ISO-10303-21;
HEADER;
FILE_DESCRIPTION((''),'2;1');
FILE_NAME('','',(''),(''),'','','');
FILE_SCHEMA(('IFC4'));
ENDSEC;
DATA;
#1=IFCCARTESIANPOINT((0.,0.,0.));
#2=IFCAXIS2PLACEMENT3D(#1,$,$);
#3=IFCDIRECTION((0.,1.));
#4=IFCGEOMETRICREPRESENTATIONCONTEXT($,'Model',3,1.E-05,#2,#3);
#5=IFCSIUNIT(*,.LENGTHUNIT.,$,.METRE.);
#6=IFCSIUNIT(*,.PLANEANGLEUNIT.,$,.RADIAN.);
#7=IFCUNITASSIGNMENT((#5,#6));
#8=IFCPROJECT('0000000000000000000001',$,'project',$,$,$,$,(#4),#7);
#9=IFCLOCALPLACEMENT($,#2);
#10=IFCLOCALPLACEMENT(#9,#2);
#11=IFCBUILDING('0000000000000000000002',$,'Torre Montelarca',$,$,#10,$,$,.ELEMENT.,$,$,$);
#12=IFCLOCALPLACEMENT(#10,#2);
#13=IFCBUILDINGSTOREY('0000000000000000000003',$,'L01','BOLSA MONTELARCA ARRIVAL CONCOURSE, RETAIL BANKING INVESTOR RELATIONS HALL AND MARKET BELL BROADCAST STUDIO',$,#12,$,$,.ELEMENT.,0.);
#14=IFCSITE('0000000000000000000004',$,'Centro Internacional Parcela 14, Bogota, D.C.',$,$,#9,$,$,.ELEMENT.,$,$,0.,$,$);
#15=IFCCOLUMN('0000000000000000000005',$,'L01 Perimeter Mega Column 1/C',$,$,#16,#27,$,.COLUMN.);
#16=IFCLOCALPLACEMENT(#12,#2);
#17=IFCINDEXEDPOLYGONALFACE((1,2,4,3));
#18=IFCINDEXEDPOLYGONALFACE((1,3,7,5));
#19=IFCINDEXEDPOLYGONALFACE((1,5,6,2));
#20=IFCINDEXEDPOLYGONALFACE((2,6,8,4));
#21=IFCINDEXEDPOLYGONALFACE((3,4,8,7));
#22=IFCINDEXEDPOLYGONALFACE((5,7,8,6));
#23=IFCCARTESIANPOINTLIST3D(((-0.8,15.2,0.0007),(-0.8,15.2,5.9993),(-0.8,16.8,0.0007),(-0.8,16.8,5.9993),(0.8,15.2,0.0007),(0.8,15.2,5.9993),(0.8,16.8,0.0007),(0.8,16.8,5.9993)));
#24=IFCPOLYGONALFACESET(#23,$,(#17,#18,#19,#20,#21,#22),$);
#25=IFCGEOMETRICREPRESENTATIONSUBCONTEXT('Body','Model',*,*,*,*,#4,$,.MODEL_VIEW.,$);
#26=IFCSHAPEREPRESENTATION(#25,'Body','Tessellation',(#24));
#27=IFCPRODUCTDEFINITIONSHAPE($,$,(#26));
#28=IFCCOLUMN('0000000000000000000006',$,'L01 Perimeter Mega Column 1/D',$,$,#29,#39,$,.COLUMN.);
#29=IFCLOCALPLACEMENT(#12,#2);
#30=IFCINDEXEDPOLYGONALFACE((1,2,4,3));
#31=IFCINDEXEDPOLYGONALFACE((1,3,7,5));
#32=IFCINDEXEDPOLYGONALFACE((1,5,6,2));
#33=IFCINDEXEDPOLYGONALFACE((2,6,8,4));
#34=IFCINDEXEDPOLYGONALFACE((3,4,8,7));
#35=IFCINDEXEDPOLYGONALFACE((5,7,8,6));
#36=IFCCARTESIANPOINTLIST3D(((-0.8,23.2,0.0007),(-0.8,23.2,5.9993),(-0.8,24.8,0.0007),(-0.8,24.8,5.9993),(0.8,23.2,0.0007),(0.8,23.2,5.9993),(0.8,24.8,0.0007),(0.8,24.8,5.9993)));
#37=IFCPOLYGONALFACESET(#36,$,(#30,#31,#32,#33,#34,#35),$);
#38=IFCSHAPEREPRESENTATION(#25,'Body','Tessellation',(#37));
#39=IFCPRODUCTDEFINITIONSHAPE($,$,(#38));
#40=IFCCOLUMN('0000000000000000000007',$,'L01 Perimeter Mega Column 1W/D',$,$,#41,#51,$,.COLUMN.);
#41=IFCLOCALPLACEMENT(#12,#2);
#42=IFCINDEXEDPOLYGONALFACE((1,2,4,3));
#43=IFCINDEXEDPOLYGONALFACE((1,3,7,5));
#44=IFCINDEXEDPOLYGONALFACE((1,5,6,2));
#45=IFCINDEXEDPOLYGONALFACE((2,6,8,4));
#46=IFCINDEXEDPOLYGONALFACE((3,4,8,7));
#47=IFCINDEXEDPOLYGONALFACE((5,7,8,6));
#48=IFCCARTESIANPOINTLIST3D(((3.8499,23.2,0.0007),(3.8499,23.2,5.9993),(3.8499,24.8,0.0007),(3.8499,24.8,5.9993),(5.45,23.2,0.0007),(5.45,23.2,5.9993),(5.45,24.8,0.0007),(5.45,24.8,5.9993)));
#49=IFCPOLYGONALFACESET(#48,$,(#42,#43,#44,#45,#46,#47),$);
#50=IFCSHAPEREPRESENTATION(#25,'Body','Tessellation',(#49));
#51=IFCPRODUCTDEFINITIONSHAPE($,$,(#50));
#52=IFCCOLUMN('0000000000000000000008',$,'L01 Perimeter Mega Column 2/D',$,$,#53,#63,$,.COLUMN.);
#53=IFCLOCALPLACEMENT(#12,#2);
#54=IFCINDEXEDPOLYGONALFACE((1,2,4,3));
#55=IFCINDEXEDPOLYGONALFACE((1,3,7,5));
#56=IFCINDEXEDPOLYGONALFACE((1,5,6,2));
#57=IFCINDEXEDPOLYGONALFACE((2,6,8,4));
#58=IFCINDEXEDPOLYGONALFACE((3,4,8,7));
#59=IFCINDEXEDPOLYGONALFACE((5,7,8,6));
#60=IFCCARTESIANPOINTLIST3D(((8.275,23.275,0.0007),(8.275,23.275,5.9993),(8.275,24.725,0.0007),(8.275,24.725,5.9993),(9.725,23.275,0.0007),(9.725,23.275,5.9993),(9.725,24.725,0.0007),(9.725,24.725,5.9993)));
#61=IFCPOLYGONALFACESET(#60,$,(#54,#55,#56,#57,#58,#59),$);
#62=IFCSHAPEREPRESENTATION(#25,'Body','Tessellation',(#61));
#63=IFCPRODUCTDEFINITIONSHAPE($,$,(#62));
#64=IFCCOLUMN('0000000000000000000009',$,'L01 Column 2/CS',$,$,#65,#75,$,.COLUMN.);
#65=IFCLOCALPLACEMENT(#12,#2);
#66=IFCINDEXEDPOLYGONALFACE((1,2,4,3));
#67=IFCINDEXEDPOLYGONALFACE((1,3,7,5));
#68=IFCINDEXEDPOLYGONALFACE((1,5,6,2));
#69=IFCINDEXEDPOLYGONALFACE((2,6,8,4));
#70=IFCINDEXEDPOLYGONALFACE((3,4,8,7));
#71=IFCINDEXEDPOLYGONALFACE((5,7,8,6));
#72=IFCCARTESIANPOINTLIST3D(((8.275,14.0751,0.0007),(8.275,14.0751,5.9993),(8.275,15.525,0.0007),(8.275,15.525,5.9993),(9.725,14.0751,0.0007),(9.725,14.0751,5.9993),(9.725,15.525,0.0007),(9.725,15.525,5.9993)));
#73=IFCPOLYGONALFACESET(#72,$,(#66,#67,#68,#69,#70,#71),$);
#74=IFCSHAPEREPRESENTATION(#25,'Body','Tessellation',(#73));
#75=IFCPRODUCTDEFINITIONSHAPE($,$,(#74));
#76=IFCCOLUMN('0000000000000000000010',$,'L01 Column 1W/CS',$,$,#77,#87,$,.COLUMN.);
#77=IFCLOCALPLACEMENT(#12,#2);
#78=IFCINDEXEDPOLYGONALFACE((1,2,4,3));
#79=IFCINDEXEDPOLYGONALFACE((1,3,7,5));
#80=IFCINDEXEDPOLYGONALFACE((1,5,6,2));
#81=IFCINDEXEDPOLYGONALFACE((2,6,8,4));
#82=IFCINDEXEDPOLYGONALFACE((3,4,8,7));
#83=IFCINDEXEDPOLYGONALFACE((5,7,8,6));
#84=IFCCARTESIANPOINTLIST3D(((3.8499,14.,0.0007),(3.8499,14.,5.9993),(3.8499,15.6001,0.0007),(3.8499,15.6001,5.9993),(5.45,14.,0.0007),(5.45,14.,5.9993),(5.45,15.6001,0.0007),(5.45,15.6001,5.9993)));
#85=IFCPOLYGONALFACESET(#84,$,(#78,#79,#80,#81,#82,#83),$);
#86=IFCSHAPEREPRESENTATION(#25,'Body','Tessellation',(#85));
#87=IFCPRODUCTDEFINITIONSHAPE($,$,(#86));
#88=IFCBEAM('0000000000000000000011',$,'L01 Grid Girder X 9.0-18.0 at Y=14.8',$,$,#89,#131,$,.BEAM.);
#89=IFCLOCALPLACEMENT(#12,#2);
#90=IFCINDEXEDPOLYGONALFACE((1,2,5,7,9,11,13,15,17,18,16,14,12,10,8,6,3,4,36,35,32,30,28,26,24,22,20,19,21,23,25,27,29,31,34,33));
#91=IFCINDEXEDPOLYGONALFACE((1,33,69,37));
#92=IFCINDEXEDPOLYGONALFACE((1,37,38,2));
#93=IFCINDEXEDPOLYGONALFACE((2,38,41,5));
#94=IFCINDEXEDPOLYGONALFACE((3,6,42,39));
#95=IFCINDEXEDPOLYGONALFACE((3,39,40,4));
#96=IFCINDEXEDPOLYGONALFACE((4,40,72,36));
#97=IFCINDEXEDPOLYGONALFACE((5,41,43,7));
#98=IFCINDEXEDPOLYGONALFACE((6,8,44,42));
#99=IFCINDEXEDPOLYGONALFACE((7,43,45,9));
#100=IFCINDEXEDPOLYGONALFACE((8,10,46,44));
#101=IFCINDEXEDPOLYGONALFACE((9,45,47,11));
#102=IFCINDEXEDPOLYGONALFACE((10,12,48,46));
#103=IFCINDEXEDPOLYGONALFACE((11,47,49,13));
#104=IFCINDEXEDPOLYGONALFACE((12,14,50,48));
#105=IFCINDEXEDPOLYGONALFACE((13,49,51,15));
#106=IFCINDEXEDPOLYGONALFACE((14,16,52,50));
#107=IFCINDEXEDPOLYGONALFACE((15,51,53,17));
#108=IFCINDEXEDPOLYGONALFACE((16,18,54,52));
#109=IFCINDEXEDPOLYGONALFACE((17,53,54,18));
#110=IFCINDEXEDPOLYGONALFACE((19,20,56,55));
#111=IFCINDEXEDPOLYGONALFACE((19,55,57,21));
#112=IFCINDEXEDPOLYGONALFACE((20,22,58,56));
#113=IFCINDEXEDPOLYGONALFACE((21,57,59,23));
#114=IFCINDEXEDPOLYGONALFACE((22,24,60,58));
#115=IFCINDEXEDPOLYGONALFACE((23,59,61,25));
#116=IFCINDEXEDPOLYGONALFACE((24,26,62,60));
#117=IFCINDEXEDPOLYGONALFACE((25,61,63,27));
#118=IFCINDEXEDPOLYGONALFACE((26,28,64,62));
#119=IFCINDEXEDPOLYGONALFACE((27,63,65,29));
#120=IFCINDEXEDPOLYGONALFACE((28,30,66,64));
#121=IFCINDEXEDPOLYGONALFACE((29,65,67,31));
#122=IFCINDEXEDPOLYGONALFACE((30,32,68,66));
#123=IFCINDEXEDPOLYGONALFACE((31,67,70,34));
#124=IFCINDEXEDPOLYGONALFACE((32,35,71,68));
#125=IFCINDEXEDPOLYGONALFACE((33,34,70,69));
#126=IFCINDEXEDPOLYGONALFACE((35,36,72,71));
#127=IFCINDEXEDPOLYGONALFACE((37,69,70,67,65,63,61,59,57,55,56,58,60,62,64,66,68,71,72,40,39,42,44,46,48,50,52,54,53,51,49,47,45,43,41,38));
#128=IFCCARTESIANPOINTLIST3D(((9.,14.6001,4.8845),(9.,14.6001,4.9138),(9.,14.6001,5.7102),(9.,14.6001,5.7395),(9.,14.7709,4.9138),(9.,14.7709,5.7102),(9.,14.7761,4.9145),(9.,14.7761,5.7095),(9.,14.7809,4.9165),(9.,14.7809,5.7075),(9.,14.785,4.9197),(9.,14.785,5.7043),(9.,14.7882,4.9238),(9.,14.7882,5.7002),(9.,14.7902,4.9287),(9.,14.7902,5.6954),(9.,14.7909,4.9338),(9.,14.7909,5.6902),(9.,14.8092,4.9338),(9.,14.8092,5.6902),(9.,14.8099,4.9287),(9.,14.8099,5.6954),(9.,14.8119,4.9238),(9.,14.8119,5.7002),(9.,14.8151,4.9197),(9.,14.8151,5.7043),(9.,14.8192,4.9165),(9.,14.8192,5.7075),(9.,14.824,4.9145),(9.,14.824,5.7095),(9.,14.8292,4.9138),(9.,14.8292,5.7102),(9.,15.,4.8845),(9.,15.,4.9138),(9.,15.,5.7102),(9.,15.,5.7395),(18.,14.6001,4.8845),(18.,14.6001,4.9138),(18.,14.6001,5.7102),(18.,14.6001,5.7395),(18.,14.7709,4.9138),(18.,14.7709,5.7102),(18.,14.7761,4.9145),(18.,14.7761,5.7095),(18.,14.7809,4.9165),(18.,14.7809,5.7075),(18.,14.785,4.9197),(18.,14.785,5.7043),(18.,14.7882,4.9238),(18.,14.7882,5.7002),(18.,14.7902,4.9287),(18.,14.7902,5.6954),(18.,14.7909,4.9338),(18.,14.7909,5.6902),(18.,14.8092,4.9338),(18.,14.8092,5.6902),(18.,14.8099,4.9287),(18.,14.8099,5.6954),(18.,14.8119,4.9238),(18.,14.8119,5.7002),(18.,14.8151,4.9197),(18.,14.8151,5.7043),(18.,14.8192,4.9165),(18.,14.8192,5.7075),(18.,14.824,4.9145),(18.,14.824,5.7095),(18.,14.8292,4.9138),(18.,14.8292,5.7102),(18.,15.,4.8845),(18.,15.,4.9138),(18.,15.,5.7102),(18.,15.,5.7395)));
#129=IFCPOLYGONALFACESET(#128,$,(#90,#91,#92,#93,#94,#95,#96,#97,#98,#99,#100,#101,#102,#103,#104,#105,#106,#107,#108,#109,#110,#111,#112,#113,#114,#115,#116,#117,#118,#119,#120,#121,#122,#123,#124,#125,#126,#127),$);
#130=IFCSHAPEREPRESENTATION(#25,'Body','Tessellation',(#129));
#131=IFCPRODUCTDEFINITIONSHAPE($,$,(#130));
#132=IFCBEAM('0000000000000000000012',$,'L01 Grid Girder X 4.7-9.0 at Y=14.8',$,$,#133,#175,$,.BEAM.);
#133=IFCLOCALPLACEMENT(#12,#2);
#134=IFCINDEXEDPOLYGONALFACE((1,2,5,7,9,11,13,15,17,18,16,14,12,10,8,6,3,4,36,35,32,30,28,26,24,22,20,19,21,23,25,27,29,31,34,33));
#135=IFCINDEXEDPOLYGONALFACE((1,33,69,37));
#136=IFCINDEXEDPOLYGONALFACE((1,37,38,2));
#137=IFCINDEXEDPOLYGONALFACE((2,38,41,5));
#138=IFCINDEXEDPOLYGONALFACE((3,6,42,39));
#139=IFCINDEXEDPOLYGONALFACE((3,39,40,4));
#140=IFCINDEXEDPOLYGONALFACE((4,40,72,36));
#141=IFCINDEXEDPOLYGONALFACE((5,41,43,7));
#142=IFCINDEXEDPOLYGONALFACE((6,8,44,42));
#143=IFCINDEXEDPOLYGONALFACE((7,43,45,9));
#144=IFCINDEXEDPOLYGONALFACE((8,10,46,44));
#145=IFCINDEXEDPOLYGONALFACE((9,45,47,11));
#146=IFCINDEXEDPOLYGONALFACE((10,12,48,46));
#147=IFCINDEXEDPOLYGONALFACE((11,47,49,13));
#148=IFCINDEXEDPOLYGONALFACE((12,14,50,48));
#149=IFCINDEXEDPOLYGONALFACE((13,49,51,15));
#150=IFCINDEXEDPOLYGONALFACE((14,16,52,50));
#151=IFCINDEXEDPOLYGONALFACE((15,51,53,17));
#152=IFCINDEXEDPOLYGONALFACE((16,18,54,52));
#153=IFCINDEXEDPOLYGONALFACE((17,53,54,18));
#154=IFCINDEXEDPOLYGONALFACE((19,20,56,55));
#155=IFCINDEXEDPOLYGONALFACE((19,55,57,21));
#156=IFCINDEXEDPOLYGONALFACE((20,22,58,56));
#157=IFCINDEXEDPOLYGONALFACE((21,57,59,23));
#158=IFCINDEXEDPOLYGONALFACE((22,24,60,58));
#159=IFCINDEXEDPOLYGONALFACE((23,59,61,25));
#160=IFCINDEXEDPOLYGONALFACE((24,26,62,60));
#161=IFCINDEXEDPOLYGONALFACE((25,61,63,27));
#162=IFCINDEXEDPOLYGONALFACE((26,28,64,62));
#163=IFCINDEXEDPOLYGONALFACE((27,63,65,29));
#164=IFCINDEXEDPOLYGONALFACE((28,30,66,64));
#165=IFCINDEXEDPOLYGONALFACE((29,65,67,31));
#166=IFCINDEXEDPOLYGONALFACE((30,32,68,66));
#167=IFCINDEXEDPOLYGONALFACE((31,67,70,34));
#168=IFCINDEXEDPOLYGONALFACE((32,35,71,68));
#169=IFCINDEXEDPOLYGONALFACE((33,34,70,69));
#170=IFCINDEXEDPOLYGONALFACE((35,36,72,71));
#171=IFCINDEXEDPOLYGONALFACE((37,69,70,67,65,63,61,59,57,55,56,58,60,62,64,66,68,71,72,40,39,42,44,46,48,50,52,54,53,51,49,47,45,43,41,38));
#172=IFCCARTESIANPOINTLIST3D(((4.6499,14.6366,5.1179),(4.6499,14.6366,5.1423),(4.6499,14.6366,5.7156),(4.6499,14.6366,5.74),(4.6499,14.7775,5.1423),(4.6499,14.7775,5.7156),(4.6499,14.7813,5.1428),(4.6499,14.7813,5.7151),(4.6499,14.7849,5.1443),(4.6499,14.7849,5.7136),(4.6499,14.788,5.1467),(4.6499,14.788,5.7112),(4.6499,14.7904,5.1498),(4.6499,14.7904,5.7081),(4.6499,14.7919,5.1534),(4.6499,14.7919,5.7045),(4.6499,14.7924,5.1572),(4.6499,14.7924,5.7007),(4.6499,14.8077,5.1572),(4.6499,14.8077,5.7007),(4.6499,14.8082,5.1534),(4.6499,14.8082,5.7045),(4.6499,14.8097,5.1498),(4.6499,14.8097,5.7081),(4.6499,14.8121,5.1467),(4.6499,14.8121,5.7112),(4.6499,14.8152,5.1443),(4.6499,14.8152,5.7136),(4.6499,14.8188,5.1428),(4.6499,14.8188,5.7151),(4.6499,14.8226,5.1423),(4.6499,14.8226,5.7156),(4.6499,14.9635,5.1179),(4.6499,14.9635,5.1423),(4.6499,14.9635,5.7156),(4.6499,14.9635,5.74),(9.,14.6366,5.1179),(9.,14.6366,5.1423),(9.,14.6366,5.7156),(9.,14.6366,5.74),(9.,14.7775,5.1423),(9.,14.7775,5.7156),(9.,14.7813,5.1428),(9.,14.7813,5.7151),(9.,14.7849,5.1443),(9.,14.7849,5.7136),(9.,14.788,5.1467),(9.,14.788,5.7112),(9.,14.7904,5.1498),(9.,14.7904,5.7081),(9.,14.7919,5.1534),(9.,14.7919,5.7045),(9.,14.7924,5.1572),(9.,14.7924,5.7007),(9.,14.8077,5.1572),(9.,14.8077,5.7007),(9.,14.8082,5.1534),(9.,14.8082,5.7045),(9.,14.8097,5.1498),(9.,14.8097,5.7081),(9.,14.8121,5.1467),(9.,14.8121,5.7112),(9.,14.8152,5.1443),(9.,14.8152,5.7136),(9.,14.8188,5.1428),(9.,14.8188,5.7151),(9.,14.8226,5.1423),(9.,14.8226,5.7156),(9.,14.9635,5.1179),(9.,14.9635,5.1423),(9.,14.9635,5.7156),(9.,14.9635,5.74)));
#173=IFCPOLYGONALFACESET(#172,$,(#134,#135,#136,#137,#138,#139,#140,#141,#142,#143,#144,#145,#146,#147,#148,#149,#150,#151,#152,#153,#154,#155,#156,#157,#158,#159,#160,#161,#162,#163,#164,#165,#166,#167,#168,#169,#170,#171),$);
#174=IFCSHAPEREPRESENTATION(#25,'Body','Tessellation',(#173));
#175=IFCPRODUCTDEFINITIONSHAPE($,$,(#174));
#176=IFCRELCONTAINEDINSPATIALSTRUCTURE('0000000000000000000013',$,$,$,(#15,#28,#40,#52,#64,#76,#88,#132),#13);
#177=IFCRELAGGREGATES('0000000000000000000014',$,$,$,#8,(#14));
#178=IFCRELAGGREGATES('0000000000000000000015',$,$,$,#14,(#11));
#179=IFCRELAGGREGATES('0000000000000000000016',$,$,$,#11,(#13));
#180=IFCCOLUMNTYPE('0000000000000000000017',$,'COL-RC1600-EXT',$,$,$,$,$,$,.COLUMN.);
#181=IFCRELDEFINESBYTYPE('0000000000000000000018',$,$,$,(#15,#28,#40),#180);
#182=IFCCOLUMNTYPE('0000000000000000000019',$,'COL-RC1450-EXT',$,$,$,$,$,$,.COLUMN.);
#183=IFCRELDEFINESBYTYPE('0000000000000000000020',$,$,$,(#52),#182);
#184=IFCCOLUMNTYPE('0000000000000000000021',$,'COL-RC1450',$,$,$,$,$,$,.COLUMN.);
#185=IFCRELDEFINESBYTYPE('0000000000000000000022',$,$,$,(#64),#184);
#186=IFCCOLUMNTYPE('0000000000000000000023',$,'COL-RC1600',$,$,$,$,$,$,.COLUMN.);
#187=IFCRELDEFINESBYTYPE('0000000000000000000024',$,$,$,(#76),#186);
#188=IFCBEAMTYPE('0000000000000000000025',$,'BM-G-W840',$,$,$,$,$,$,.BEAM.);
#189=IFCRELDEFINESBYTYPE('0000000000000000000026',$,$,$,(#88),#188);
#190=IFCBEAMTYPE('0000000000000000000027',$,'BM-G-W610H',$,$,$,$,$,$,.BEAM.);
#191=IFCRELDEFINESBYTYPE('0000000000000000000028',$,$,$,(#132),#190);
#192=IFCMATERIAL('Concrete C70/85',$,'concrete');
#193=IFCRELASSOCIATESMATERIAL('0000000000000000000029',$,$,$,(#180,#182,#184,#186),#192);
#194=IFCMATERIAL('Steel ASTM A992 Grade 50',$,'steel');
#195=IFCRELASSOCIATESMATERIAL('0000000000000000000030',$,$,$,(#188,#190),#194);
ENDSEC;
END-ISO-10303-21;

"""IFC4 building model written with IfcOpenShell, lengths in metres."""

from ifc_helpers import new_model, si_unit, direction, frame, origin, origin_2d, place, context, subcontext, project, spatial, rectangle, i_section, extrude, source, transform, mapped, material, material_profile, profile_set, type_object, element, save


model = new_model("IFC4")

# Units and contexts
model_context = context("Model", 3, precision=1e-05, world=origin(), true_north=direction((0.0, 1.0)))
body_context = subcontext(model_context, "Body", "Model", "MODEL_VIEW")
ifc_project = project(units=[si_unit("LENGTHUNIT", "METRE"), si_unit("PLANEANGLEUNIT", "RADIAN")], contexts=[model_context])

# Site, building, storey
site_placement = place(None, origin())
site = spatial("IfcSite", under=ifc_project, at=site_placement, Name="Centro Internacional Parcela 14, Bogota, D.C.", CompositionType="ELEMENT", RefElevation=0.0)
building_placement = place(site_placement, origin())
building = spatial("IfcBuilding", under=site, at=building_placement, Name="Torre Montelarca", CompositionType="ELEMENT")
storey_placement = place(building_placement, origin())
storey = spatial("IfcBuildingStorey", under=building, at=storey_placement, Name="L01", Description="BOLSA MONTELARCA ARRIVAL CONCOURSE, RETAIL BANKING INVESTOR RELATIONS HALL AND MARKET BELL BROADCAST STUDIO", CompositionType="ELEMENT", Elevation=0.0)

# Columns
ifc_material_1 = material(Name="Concrete C70/85", Category="concrete")
ifc_material_profile_1 = material_profile(ifc_material_1, rectangle(XDim=1.6001, YDim=1.6001, at=origin_2d()), Name="RC1600X1600", Category="concrete")
ifc_profile_set_1 = profile_set([ifc_material_profile_1], Name="Concrete C70/85")
column_type_1 = type_object("IfcColumnType", Name="COL-RC1600-EXT", PredefinedType="COLUMN", material=ifc_profile_set_1)
shared_shape_1 = source(origin(), body_context, "Body", "SweptSolid", [
    extrude(rectangle(XDim=1.6001, YDim=1.6001, at=origin_2d()), origin(), (0.0, 0.0, 1.0), 5.9985),
])
for number, where, z_axis, x_axis, name in (
    (1, (0.0, 16.0, 0.0007), (0.0, 0.0, 1.0), (1.0, 0.0, 0.0), "L01 Perimeter Mega Column 1/C"),
    (2, (0.0, 24.0, 0.0007), (0.0, 0.0, 1.0), (1.0, 0.0, 0.0), "L01 Perimeter Mega Column 1/D"),
    (3, (4.6499, 24.0, 0.0007), (0.0, 0.0, 1.0), (1.0, 0.0, 0.0), "L01 Perimeter Mega Column 1W/D"),
):
    element("IfcColumn", number, at=place(storey_placement, frame(where, z_axis=z_axis, x_axis=x_axis)), inside=storey, type_object=column_type_1, Name=name, PredefinedType="COLUMN", context=body_context, shape_type="MappedRepresentation", body=[
        mapped(shared_shape_1, transform((0.0, 0.0, 0.0), scale=1.0)),
    ])
ifc_material_profile_2 = material_profile(ifc_material_1, rectangle(XDim=1.45, YDim=1.45, at=origin_2d()), Name="RC1450X1450", Category="concrete")
ifc_profile_set_2 = profile_set([ifc_material_profile_2], Name="Concrete C70/85")
column_type_2 = type_object("IfcColumnType", Name="COL-RC1450-EXT", PredefinedType="COLUMN", material=ifc_profile_set_2)
shared_shape_2 = source(origin(), body_context, "Body", "SweptSolid", [
    extrude(rectangle(XDim=1.45, YDim=1.45, at=origin_2d()), origin(), (0.0, 0.0, 1.0), 5.9985),
])
column_1_placement = place(storey_placement, frame((9.0, 24.0, 0.0007), z_axis=(0.0, 0.0, 1.0), x_axis=(1.0, 0.0, 0.0)))
element("IfcColumn", 4, at=column_1_placement, inside=storey, type_object=column_type_2, Name="L01 Perimeter Mega Column 2/D", PredefinedType="COLUMN", context=body_context, shape_type="MappedRepresentation", body=[
    mapped(shared_shape_2, transform((0.0, 0.0, 0.0), scale=1.0)),
])
ifc_material_profile_3 = material_profile(ifc_material_1, rectangle(XDim=1.45, YDim=1.45, at=origin_2d()), Name="RC1450X1450", Category="concrete")
ifc_profile_set_3 = profile_set([ifc_material_profile_3], Name="Concrete C70/85")
column_type_3 = type_object("IfcColumnType", Name="COL-RC1450", PredefinedType="COLUMN", material=ifc_profile_set_3)
shared_shape_3 = source(origin(), body_context, "Body", "SweptSolid", [
    extrude(rectangle(XDim=1.45, YDim=1.45, at=origin_2d()), origin(), (0.0, 0.0, 1.0), 5.9985),
])
column_2_placement = place(storey_placement, frame((9.0, 14.8, 0.0007), z_axis=(0.0, 0.0, 1.0), x_axis=(1.0, 0.0, 0.0)))
element("IfcColumn", 5, at=column_2_placement, inside=storey, type_object=column_type_3, Name="L01 Column 2/CS", PredefinedType="COLUMN", context=body_context, shape_type="MappedRepresentation", body=[
    mapped(shared_shape_3, transform((0.0, 0.0, 0.0), scale=1.0)),
])
ifc_material_profile_4 = material_profile(ifc_material_1, rectangle(XDim=1.6001, YDim=1.6001, at=origin_2d()), Name="RC1600X1600", Category="concrete")
ifc_profile_set_4 = profile_set([ifc_material_profile_4], Name="Concrete C70/85")
column_type_4 = type_object("IfcColumnType", Name="COL-RC1600", PredefinedType="COLUMN", material=ifc_profile_set_4)
shared_shape_4 = source(origin(), body_context, "Body", "SweptSolid", [
    extrude(rectangle(XDim=1.6001, YDim=1.6001, at=origin_2d()), origin(), (0.0, 0.0, 1.0), 5.9985),
])
column_3_placement = place(storey_placement, frame((4.6499, 14.8, 0.0007), z_axis=(0.0, 0.0, 1.0), x_axis=(1.0, 0.0, 0.0)))
element("IfcColumn", 6, at=column_3_placement, inside=storey, type_object=column_type_4, Name="L01 Column 1W/CS", PredefinedType="COLUMN", context=body_context, shape_type="MappedRepresentation", body=[
    mapped(shared_shape_4, transform((0.0, 0.0, 0.0), scale=1.0)),
])

# Beams
ifc_material_2 = material(Name="Steel ASTM A992 Grade 50", Category="steel")
ifc_material_profile_5 = material_profile(ifc_material_2, i_section(OverallWidth=0.3999, OverallDepth=0.855, WebThickness=0.0183, FlangeThickness=0.0293, FilletRadius=0.02, at=origin_2d()), Name="W840X299", Category="steel")
ifc_profile_set_5 = profile_set([ifc_material_profile_5], Name="Steel ASTM A992 Grade 50")
beam_type_1 = type_object("IfcBeamType", Name="BM-G-W840", PredefinedType="BEAM", material=ifc_profile_set_5)
shared_shape_5 = source(origin(), body_context, "Body", "SweptSolid", [
    extrude(i_section(OverallWidth=0.3999, OverallDepth=0.855, WebThickness=0.0183, FlangeThickness=0.0293, FilletRadius=0.02, at=origin_2d()), origin(), (0.0, 0.0, 1.0), 9.0),
])
beam_1_placement = place(storey_placement, frame((9.0, 14.8, 5.312), z_axis=(1.0, 0.0, 0.0), x_axis=(0.0, 1.0, 0.0)))
element("IfcBeam", 7, at=beam_1_placement, inside=storey, type_object=beam_type_1, Name="L01 Grid Girder X 9.0-18.0 at Y=14.8", PredefinedType="BEAM", context=body_context, shape_type="MappedRepresentation", body=[
    mapped(shared_shape_5, transform((0.0, 0.0, 0.0), scale=1.0)),
])
ifc_material_profile_6 = material_profile(ifc_material_2, i_section(OverallWidth=0.3269, OverallDepth=0.6221, WebThickness=0.0154, FlangeThickness=0.0244, FilletRadius=0.0149, at=origin_2d()), Name="W610X195", Category="steel")
ifc_profile_set_6 = profile_set([ifc_material_profile_6], Name="Steel ASTM A992 Grade 50")
beam_type_2 = type_object("IfcBeamType", Name="BM-G-W610H", PredefinedType="BEAM", material=ifc_profile_set_6)
shared_shape_6 = source(origin(), body_context, "Body", "SweptSolid", [
    extrude(i_section(OverallWidth=0.3269, OverallDepth=0.6221, WebThickness=0.0154, FlangeThickness=0.0244, FilletRadius=0.0149, at=origin_2d()), origin(), (0.0, 0.0, 1.0), 4.3501),
])
beam_2_placement = place(storey_placement, frame((4.6499, 14.8, 5.429), z_axis=(1.0, 0.0, 0.0), x_axis=(0.0, 1.0, 0.0)))
element("IfcBeam", 8, at=beam_2_placement, inside=storey, type_object=beam_type_2, Name="L01 Grid Girder X 4.7-9.0 at Y=14.8", PredefinedType="BEAM", context=body_context, shape_type="MappedRepresentation", body=[
    mapped(shared_shape_6, transform((0.0, 0.0, 0.0), scale=1.0)),
])

save(model, "model.ifc")
